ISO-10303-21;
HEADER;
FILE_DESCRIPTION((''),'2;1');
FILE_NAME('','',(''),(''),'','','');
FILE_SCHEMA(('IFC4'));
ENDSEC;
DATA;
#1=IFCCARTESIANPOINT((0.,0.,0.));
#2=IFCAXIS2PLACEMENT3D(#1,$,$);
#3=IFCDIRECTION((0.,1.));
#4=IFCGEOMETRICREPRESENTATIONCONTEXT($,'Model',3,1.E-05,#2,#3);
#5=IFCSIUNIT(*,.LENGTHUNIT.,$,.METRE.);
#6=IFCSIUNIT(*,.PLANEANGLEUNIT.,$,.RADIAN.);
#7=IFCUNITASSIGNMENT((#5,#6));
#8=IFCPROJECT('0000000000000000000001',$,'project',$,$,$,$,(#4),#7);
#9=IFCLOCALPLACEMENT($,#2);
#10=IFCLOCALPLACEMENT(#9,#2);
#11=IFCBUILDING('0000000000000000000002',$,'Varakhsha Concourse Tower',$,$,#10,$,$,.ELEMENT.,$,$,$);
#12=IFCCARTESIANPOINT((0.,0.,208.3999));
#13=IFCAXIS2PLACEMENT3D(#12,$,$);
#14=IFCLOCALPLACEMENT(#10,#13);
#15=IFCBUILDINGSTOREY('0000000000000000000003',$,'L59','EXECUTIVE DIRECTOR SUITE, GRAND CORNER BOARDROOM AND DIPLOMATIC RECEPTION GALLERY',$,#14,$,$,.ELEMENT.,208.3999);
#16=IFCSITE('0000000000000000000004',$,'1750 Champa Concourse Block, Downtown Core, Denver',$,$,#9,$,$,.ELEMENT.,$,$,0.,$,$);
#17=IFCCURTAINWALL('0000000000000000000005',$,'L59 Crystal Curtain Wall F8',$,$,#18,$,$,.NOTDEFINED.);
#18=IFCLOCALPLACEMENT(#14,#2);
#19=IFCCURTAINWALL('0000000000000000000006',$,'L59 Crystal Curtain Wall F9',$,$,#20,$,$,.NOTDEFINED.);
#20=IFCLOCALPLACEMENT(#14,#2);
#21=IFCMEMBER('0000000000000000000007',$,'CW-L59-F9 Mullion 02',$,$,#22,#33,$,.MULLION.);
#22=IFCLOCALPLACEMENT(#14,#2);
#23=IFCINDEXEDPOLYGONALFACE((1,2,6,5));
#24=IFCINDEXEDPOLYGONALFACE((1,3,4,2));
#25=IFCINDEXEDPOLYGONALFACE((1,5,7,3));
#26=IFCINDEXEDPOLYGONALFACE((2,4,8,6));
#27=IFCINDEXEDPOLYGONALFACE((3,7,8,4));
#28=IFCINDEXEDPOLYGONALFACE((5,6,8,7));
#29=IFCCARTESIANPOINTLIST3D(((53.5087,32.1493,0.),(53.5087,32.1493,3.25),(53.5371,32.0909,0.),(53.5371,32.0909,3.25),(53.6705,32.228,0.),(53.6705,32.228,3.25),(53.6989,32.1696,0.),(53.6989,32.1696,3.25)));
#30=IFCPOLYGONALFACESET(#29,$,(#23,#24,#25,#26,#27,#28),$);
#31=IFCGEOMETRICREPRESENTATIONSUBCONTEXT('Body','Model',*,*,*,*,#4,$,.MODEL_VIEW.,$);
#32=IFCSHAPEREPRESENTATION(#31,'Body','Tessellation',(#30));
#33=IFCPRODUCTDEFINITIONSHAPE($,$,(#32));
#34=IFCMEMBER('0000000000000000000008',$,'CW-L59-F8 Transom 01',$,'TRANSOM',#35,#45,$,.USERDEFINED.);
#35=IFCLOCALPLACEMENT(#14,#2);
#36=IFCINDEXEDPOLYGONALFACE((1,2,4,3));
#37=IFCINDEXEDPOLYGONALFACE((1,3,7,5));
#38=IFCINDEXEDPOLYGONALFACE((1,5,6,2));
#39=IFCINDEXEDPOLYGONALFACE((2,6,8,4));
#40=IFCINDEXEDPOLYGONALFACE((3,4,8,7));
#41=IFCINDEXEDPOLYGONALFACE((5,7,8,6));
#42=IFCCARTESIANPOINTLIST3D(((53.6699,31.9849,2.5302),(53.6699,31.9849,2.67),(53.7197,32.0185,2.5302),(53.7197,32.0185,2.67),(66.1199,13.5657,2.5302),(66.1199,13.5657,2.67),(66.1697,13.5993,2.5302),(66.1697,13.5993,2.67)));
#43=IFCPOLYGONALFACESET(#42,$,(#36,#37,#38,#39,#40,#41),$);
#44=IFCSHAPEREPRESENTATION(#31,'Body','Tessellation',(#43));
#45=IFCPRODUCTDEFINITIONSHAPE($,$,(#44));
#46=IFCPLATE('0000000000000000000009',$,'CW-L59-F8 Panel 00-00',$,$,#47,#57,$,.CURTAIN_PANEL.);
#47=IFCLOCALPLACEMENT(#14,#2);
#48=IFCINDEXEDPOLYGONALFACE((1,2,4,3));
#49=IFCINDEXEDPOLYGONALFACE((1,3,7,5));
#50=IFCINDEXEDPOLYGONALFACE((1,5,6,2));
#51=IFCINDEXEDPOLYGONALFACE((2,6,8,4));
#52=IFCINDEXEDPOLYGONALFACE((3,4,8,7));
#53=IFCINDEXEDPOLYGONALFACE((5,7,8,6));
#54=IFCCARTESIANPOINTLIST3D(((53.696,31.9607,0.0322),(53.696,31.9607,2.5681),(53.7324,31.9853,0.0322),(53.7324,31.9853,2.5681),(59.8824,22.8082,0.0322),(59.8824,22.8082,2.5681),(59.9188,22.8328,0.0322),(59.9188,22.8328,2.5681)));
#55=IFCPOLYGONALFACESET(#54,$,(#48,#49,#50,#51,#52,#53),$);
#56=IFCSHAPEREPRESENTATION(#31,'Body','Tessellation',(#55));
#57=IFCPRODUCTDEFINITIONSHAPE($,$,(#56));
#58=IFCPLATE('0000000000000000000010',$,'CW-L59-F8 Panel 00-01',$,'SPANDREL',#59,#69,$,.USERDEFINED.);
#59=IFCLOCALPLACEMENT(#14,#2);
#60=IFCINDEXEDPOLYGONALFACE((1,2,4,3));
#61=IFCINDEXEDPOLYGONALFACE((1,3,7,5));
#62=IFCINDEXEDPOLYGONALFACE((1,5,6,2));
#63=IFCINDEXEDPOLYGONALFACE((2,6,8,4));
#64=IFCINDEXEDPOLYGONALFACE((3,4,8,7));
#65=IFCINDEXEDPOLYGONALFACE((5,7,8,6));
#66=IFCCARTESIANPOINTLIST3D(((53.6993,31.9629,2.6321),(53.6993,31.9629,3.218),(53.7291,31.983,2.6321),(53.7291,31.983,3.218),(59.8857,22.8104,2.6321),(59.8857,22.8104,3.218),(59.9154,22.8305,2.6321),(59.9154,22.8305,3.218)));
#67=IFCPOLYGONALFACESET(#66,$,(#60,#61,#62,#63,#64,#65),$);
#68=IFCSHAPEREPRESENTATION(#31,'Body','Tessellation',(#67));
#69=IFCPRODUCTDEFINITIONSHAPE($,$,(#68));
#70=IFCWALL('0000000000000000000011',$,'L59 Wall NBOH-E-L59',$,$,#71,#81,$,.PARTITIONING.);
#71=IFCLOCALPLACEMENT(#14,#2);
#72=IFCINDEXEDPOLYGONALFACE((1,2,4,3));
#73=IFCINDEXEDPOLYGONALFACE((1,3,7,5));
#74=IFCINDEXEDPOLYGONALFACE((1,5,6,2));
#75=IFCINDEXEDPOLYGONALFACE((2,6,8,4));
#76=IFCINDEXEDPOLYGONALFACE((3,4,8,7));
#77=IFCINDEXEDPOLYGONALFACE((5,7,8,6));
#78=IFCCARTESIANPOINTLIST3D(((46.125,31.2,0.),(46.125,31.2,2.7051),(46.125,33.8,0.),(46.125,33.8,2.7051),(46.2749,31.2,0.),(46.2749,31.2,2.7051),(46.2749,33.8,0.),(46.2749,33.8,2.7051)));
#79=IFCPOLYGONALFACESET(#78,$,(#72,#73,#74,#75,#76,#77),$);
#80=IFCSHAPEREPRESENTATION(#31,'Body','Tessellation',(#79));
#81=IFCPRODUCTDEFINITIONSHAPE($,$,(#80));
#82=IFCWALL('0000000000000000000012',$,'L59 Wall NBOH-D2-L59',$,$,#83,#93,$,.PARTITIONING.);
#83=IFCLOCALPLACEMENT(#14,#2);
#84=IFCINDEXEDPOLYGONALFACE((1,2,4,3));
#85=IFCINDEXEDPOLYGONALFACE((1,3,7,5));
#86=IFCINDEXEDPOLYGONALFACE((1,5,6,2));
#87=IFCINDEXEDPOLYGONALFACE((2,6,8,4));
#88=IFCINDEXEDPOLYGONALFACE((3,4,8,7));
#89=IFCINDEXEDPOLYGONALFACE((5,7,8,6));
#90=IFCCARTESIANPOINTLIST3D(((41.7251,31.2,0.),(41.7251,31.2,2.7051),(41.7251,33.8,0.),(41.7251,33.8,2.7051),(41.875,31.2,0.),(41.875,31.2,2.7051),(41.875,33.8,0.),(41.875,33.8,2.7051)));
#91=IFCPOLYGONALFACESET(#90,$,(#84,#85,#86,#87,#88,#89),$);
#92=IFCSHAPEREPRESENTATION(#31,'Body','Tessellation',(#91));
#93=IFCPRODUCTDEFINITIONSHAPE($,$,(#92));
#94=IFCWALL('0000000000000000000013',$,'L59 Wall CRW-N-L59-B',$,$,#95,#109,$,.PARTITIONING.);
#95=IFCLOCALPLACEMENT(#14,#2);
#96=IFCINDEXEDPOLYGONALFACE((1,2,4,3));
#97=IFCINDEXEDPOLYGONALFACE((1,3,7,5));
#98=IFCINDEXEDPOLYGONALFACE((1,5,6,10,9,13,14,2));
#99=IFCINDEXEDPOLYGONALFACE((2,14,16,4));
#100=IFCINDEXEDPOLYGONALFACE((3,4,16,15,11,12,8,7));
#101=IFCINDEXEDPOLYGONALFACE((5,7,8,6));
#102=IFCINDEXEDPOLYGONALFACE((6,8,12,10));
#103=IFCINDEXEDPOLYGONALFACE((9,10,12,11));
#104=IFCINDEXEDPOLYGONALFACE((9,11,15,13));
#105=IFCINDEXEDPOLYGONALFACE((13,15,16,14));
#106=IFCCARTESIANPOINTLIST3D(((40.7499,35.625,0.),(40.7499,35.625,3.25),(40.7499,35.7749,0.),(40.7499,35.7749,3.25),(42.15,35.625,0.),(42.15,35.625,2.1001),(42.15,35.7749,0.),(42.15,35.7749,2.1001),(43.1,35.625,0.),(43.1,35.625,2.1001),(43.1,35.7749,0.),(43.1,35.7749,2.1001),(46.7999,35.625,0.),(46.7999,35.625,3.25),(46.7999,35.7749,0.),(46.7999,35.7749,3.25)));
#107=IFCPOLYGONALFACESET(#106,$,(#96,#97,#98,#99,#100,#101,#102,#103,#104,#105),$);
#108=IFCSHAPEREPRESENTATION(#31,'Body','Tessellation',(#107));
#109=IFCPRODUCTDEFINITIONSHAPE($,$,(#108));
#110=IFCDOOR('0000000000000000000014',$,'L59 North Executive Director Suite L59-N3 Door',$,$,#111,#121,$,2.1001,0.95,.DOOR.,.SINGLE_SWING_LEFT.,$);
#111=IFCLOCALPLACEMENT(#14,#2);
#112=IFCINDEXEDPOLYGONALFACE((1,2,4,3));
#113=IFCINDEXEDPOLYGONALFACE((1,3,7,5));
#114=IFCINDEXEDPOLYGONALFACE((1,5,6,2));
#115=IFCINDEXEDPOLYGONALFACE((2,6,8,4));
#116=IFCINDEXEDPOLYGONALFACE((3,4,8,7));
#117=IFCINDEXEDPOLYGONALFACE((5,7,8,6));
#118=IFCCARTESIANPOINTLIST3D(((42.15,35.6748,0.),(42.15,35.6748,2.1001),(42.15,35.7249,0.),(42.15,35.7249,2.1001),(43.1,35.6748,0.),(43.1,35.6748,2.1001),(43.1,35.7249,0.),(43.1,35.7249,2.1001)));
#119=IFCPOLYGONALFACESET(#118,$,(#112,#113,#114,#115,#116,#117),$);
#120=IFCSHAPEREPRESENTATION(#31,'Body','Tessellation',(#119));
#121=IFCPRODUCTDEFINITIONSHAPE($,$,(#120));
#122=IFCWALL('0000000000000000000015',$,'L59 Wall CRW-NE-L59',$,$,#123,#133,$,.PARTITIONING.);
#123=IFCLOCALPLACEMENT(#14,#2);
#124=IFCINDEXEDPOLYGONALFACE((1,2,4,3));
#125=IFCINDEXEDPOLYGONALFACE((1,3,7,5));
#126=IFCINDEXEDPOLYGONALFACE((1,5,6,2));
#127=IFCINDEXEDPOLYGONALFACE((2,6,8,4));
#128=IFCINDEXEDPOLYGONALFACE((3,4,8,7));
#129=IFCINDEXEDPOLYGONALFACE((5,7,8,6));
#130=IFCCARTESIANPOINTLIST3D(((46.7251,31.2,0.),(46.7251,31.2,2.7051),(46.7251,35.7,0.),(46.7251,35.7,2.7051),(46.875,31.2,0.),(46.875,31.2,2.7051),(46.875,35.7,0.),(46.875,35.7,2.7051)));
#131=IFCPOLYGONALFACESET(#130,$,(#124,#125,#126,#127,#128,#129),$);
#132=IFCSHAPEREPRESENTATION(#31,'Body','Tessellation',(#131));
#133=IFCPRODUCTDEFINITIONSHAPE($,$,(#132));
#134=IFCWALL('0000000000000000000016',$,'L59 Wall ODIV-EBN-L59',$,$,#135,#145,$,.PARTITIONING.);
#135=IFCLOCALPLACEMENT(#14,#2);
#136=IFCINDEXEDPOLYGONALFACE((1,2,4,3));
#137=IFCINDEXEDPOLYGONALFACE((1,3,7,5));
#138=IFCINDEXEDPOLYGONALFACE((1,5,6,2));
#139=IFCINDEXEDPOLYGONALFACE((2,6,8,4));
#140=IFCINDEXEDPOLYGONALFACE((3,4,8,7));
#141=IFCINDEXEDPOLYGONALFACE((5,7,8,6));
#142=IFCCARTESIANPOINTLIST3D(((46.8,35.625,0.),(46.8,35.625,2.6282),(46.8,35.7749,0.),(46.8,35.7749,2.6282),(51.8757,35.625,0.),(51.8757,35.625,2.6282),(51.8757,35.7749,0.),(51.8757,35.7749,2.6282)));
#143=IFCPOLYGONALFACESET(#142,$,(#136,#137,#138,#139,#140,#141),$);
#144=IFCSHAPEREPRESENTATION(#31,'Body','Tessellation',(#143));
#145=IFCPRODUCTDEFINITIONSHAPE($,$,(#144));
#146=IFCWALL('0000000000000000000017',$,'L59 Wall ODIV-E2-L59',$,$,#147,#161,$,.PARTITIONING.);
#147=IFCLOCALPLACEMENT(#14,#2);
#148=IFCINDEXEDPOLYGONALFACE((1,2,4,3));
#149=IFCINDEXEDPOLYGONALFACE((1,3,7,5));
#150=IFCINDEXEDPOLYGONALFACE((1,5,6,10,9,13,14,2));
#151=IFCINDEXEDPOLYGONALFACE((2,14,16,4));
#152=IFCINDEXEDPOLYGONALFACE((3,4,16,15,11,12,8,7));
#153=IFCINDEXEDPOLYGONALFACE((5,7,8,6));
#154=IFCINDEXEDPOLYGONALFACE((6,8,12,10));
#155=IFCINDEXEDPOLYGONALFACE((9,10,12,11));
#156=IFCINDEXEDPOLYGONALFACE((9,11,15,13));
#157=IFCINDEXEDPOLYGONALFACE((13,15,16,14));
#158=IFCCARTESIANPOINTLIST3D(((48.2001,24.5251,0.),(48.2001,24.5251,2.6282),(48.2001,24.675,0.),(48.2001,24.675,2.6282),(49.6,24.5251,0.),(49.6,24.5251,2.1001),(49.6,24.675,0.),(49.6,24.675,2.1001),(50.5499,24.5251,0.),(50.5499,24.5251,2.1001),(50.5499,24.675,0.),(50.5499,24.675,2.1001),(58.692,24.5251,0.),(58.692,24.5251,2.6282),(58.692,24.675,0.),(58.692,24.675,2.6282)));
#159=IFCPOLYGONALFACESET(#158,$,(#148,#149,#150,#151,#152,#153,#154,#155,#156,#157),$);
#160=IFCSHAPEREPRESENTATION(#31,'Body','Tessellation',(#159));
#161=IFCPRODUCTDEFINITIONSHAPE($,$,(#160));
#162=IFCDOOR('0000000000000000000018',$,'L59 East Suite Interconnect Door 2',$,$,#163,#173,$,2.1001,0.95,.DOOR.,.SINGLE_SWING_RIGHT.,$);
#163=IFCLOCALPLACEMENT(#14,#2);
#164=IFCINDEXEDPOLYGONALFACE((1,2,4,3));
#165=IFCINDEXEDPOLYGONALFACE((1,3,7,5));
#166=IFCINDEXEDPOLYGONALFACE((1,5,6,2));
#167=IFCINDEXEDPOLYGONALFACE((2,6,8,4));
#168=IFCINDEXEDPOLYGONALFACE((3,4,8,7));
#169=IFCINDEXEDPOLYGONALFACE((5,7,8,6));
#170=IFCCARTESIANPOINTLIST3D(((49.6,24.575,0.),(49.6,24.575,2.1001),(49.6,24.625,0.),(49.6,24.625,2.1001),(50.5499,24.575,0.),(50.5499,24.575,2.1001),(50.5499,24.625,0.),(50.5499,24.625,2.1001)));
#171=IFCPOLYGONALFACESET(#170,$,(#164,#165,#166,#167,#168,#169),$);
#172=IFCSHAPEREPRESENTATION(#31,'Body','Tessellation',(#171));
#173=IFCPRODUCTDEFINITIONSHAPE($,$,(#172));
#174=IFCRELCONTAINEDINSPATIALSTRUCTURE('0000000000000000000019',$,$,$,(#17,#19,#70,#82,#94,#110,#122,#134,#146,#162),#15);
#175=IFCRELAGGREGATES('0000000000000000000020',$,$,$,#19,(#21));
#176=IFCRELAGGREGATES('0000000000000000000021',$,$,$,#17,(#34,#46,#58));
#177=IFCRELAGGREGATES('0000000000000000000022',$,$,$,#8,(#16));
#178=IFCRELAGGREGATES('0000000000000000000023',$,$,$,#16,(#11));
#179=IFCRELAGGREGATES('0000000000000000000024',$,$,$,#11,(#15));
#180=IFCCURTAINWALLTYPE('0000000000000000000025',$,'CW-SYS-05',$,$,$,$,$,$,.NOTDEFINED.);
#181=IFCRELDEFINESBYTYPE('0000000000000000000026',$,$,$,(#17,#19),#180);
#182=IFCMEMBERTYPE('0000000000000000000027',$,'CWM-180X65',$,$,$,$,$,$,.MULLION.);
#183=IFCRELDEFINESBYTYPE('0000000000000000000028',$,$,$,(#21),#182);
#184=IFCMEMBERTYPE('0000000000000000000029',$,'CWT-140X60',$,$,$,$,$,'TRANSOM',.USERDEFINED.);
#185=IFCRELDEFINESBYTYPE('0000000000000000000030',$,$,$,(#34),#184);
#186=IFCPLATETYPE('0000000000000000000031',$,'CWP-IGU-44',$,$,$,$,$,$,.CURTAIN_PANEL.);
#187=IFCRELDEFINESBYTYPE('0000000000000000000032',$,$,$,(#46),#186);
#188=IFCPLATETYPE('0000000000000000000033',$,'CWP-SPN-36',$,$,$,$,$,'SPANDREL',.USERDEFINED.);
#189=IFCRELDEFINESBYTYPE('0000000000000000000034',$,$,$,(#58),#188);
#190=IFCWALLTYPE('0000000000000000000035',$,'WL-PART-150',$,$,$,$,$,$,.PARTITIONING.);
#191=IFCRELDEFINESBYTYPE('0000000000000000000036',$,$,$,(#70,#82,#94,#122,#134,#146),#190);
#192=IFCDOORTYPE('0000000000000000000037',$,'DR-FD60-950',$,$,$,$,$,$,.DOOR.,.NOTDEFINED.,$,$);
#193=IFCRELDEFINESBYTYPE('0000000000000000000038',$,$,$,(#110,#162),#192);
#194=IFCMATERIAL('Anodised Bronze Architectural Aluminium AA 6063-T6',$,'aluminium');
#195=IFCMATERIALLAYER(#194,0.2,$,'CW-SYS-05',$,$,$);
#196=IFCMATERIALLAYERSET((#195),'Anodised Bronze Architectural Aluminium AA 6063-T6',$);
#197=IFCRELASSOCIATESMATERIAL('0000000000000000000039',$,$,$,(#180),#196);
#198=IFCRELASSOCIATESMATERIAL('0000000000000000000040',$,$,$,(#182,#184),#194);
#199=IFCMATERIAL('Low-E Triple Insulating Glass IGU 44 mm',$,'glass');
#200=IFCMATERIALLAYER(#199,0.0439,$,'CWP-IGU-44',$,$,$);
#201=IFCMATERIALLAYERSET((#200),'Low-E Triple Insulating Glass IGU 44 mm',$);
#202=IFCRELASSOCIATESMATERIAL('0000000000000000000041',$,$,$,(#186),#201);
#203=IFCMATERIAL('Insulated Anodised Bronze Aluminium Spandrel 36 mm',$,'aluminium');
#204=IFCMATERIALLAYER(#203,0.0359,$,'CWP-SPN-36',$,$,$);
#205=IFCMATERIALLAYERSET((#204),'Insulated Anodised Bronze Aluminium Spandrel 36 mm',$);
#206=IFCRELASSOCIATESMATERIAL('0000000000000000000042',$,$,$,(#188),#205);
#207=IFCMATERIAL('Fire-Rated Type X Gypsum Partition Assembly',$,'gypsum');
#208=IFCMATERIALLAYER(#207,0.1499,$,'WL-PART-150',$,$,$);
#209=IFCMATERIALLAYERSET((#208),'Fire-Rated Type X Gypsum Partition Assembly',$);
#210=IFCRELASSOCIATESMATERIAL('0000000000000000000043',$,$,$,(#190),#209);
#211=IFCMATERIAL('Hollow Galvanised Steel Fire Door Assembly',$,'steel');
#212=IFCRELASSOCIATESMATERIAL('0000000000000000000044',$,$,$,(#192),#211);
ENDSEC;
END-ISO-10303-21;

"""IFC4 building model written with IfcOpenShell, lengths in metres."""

from ifc_helpers import new_model, si_unit, direction, frame, frame_2d, origin, origin_2d, place, context, subcontext, project, spatial, rectangle, extrude, source, transform, mapped, material, layer, layer_set, material_profile, profile_set, type_object, type_shapes, element, fill, aggregate, save


model = new_model("IFC4")

# Units and contexts
model_context = context("Model", 3, precision=1e-05, world=origin(), true_north=direction((0.0, 1.0)))
body_context = subcontext(model_context, "Body", "Model", "MODEL_VIEW")
ifc_project = project(units=[si_unit("LENGTHUNIT", "METRE"), si_unit("PLANEANGLEUNIT", "RADIAN")], contexts=[model_context])

# Site, building, storey
site_placement = place(None, origin())
site = spatial("IfcSite", under=ifc_project, at=site_placement, Name="1750 Champa Concourse Block, Downtown Core, Denver", CompositionType="ELEMENT", RefElevation=0.0)
building_placement = place(site_placement, origin())
building = spatial("IfcBuilding", under=site, at=building_placement, Name="Varakhsha Concourse Tower", CompositionType="ELEMENT")
storey_placement = place(building_placement, frame((0.0, 0.0, 208.3999)))
storey = spatial("IfcBuildingStorey", under=building, at=storey_placement, Name="L59", Description="EXECUTIVE DIRECTOR SUITE, GRAND CORNER BOARDROOM AND DIPLOMATIC RECEPTION GALLERY", CompositionType="ELEMENT", Elevation=208.3999)

# Curtain wall
ifc_material_1 = material(Name="Anodised Bronze Architectural Aluminium AA 6063-T6", Category="aluminium")
ifc_layer_1 = layer(ifc_material_1, 0.2, Name="CW-SYS-05")
ifc_layer_set_1 = layer_set([ifc_layer_1], Name="Anodised Bronze Architectural Aluminium AA 6063-T6")
curtain_wall_type = type_object("IfcCurtainWallType", Name="CW-SYS-05", PredefinedType="NOTDEFINED", material=ifc_layer_set_1)
curtain_wall_1_placement = place(storey_placement, origin())
curtain_wall_1 = element("IfcCurtainWall", 1, at=curtain_wall_1_placement, inside=storey, type_object=curtain_wall_type, Name="L59 Crystal Curtain Wall F8", PredefinedType="NOTDEFINED")
ifc_material_profile_1 = material_profile(ifc_material_1, rectangle(XDim=0.0649, YDim=0.1799, at=origin_2d()), Name="CWM-180X65")
ifc_profile_set_1 = profile_set([ifc_material_profile_1], Name="Anodised Bronze Architectural Aluminium AA 6063-T6")
member_type_1 = type_object("IfcMemberType", Name="CWM-180X65", PredefinedType="MULLION", material=ifc_profile_set_1)
shared_shape_1 = source(origin(), body_context, "Body", "SweptSolid", [
    extrude(rectangle(XDim=0.0649, YDim=0.1799, at=origin_2d()), origin(), (0.0, 0.0, 1.0), 3.25),
])
type_shapes(member_type_1, [shared_shape_1])

# Curtain wall, member
curtain_wall_2_placement = place(storey_placement, origin())
curtain_wall_2 = element("IfcCurtainWall", 2, at=curtain_wall_2_placement, inside=storey, type_object=curtain_wall_type, Name="L59 Crystal Curtain Wall F9", PredefinedType="NOTDEFINED")
member_1_placement = place(storey_placement, frame((53.6038, 32.1594, 0.0), z_axis=(0.0, 0.0, 1.0), x_axis=(0.437497, -0.89922, 0.0)))
member_1 = element("IfcMember", 3, at=member_1_placement, type_object=member_type_1, Name="CW-L59-F9 Mullion 02", PredefinedType="MULLION", context=body_context, shape_type="MappedRepresentation", body=[
    mapped(shared_shape_1, transform((0.0, 0.0, 0.0), scale=1.0)),
])
aggregate(curtain_wall_2, [member_1])

# Member
ifc_material_profile_2 = material_profile(ifc_material_1, rectangle(XDim=0.0601, YDim=0.1399, at=origin_2d()), Name="CWT-140X60")
ifc_profile_set_2 = profile_set([ifc_material_profile_2], Name="Anodised Bronze Architectural Aluminium AA 6063-T6")
member_type_2 = type_object("IfcMemberType", Name="CWT-140X60", ElementType="TRANSOM", PredefinedType="USERDEFINED", material=ifc_profile_set_2)
shared_shape_2 = source(origin(), body_context, "Body", "SweptSolid", [
    extrude(rectangle(XDim=0.0601, YDim=0.1399, at=origin_2d()), origin(), (0.0, 0.0, 1.0), 22.2322),
])
type_shapes(member_type_2, [shared_shape_2])
member_2_placement = place(storey_placement, frame((53.6948, 32.0017, 2.6001), z_axis=(0.559998, -0.828494, 0.0), x_axis=(0.828494, 0.559998, 0.0)))
member_2 = element("IfcMember", 4, at=member_2_placement, type_object=member_type_2, Name="CW-L59-F8 Transom 01", ObjectType="TRANSOM", PredefinedType="USERDEFINED", context=body_context, shape_type="MappedRepresentation", body=[
    mapped(shared_shape_2, transform((0.0, 0.0, 0.0), scale=1.0)),
])

# Plates
ifc_material_2 = material(Name="Low-E Triple Insulating Glass IGU 44 mm", Category="glass")
ifc_layer_2 = layer(ifc_material_2, 0.0439, Name="CWP-IGU-44")
ifc_layer_set_2 = layer_set([ifc_layer_2], Name="Low-E Triple Insulating Glass IGU 44 mm")
plate_type_1 = type_object("IfcPlateType", Name="CWP-IGU-44", PredefinedType="CURTAIN_PANEL", material=ifc_layer_set_2)
shared_shape_3 = source(origin(), body_context, "Body", "SweptSolid", [
    extrude(rectangle(XDim=11.0471, YDim=0.0439, at=origin_2d()), origin(), (0.0, 0.0, 1.0), 2.5359),
])
type_shapes(plate_type_1, [shared_shape_3])
plate_1_placement = place(storey_placement, frame((56.8074, 27.3967, 0.0322), z_axis=(0.0, 0.0, 1.0), x_axis=(0.559999, -0.828494, 0.0)))
plate_1 = element("IfcPlate", 5, at=plate_1_placement, type_object=plate_type_1, Name="CW-L59-F8 Panel 00-00", PredefinedType="CURTAIN_PANEL", context=body_context, shape_type="MappedRepresentation", body=[
    mapped(shared_shape_3, transform((0.0, 0.0, 0.0), scale=1.0)),
])
ifc_material_3 = material(Name="Insulated Anodised Bronze Aluminium Spandrel 36 mm", Category="aluminium")
ifc_layer_3 = layer(ifc_material_3, 0.0359, Name="CWP-SPN-36")
ifc_layer_set_3 = layer_set([ifc_layer_3], Name="Insulated Anodised Bronze Aluminium Spandrel 36 mm")
plate_type_2 = type_object("IfcPlateType", Name="CWP-SPN-36", ElementType="SPANDREL", PredefinedType="USERDEFINED", material=ifc_layer_set_3)
shared_shape_4 = source(origin(), body_context, "Body", "SweptSolid", [
    extrude(rectangle(XDim=11.0471, YDim=0.0359, at=origin_2d()), origin(), (0.0, 0.0, 1.0), 0.5859),
])
type_shapes(plate_type_2, [shared_shape_4])
plate_2_placement = place(storey_placement, frame((56.8074, 27.3967, 2.6321), z_axis=(0.0, 0.0, 1.0), x_axis=(0.559999, -0.828494, 0.0)))
plate_2 = element("IfcPlate", 6, at=plate_2_placement, type_object=plate_type_2, Name="CW-L59-F8 Panel 00-01", ObjectType="SPANDREL", PredefinedType="USERDEFINED", context=body_context, shape_type="MappedRepresentation", body=[
    mapped(shared_shape_4, transform((0.0, 0.0, 0.0), scale=1.0)),
])
aggregate(curtain_wall_1, [member_2, plate_1, plate_2])

# Walls
ifc_material_4 = material(Name="Fire-Rated Type X Gypsum Partition Assembly", Category="gypsum")
ifc_layer_4 = layer(ifc_material_4, 0.1499, Name="WL-PART-150")
ifc_layer_set_4 = layer_set([ifc_layer_4], Name="Fire-Rated Type X Gypsum Partition Assembly")
wall_type_1 = type_object("IfcWallType", Name="WL-PART-150", PredefinedType="PARTITIONING", material=ifc_layer_set_4)
for number, where, z_axis, x_axis, name in (
    (7, (46.2, 31.2, 0.0), (0.0, 0.0, 1.0), (0.0, 1.0, 0.0), "L59 Wall NBOH-E-L59"),
    (8, (41.8, 31.2, 0.0), (0.0, 0.0, 1.0), (0.0, 1.0, 0.0), "L59 Wall NBOH-D2-L59"),
):
    element("IfcWall", number, at=place(storey_placement, frame(where, z_axis=z_axis, x_axis=x_axis)), inside=storey, type_object=wall_type_1, Name=name, PredefinedType="PARTITIONING", context=body_context, shape_type="SweptSolid", body=[
        extrude(rectangle(XDim=2.6001, YDim=0.1499, at=frame_2d((1.3, 0.0))), origin(), (0.0, 0.0, 1.0), 2.7051),
    ])

# Wall, opening, door
wall_1_placement = place(storey_placement, frame((40.75, 35.7, 0.0), z_axis=(0.0, 0.0, 1.0), x_axis=(1.0, 0.0, 0.0)))
wall_1 = element("IfcWall", 9, at=wall_1_placement, inside=storey, type_object=wall_type_1, Name="L59 Wall CRW-N-L59-B", PredefinedType="PARTITIONING", context=body_context, shape_type="SweptSolid", body=[
    extrude(rectangle(XDim=6.05, YDim=0.1499, at=frame_2d((3.0249, 0.0))), origin(), (0.0, 0.0, 1.0), 3.25),
])
opening_1_placement = place(wall_1_placement, frame((1.3999, 0.0, 0.0)))
opening_1 = element("IfcOpeningElement", 10, at=opening_1_placement, cuts=wall_1, PredefinedType="OPENING", context=body_context, shape_type="SweptSolid", body=[
    extrude(rectangle(XDim=0.95, YDim=2.1001, at=frame_2d((0.4751, 1.05))), frame((0.0, 0.085, 0.0), z_axis=(0.0, -1.0, 0.0), x_axis=(1.0, 0.0, 0.0)), (0.0, 0.0, 1.0), 0.1699),
])
ifc_material_5 = material(Name="Hollow Galvanised Steel Fire Door Assembly", Category="steel")
door_type = type_object("IfcDoorType", Name="DR-FD60-950", OperationType="NOTDEFINED", PredefinedType="DOOR", material=ifc_material_5)
door_1_placement = place(opening_1_placement, origin())
door_1 = element("IfcDoor", 11, at=door_1_placement, inside=storey, type_object=door_type, Name="L59 North Executive Director Suite L59-N3 Door", OperationType="SINGLE_SWING_LEFT", OverallHeight=2.1001, OverallWidth=0.95, PredefinedType="DOOR", context=body_context, shape_type="SweptSolid", body=[
    extrude(rectangle(XDim=0.95, YDim=2.1001, at=frame_2d((0.4751, 1.05))), frame((0.0, 0.0249, 0.0), z_axis=(0.0, -1.0, 0.0), x_axis=(1.0, 0.0, 0.0)), (0.0, 0.0, 1.0), 0.05),
])
fill(opening_1, door_1)

# Walls
wall_2_placement = place(storey_placement, frame((46.8, 31.2, 0.0), z_axis=(0.0, 0.0, 1.0), x_axis=(0.0, 1.0, 0.0)))
element("IfcWall", 12, at=wall_2_placement, inside=storey, type_object=wall_type_1, Name="L59 Wall CRW-NE-L59", PredefinedType="PARTITIONING", context=body_context, shape_type="SweptSolid", body=[
    extrude(rectangle(XDim=4.5, YDim=0.1499, at=frame_2d((2.25, 0.0))), origin(), (0.0, 0.0, 1.0), 2.7051),
])
wall_3_placement = place(storey_placement, frame((46.8, 35.7, 0.0), z_axis=(0.0, 0.0, 1.0), x_axis=(1.0, 0.0, 0.0)))
element("IfcWall", 13, at=wall_3_placement, inside=storey, type_object=wall_type_1, Name="L59 Wall ODIV-EBN-L59", PredefinedType="PARTITIONING", context=body_context, shape_type="SweptSolid", body=[
    extrude(rectangle(XDim=5.0757, YDim=0.1499, at=frame_2d((2.5378, 0.0))), origin(), (0.0, 0.0, 1.0), 2.6282),
])

# Wall, opening, door
wall_4_placement = place(storey_placement, frame((48.2, 24.6001, 0.0), z_axis=(0.0, 0.0, 1.0), x_axis=(1.0, 0.0, 0.0)))
wall_4 = element("IfcWall", 14, at=wall_4_placement, inside=storey, type_object=wall_type_1, Name="L59 Wall ODIV-E2-L59", PredefinedType="PARTITIONING", context=body_context, shape_type="SweptSolid", body=[
    extrude(rectangle(XDim=10.4919, YDim=0.1499, at=frame_2d((5.2461, 0.0))), origin(), (0.0, 0.0, 1.0), 2.6282),
])
opening_2_placement = place(wall_4_placement, frame((1.3999, 0.0, 0.0)))
opening_2 = element("IfcOpeningElement", 15, at=opening_2_placement, cuts=wall_4, PredefinedType="OPENING", context=body_context, shape_type="SweptSolid", body=[
    extrude(rectangle(XDim=0.95, YDim=2.1001, at=frame_2d((0.4751, 1.05))), frame((0.0, 0.085, 0.0), z_axis=(0.0, -1.0, 0.0), x_axis=(1.0, 0.0, 0.0)), (0.0, 0.0, 1.0), 0.1699),
])
door_2_placement = place(opening_2_placement, origin())
door_2 = element("IfcDoor", 16, at=door_2_placement, inside=storey, type_object=door_type, Name="L59 East Suite Interconnect Door 2", OperationType="SINGLE_SWING_RIGHT", OverallHeight=2.1001, OverallWidth=0.95, PredefinedType="DOOR", context=body_context, shape_type="SweptSolid", body=[
    extrude(rectangle(XDim=0.95, YDim=2.1001, at=frame_2d((0.4751, 1.05))), frame((0.0, 0.0249, 0.0), z_axis=(0.0, -1.0, 0.0), x_axis=(1.0, 0.0, 0.0)), (0.0, 0.0, 1.0), 0.05),
])
fill(opening_2, door_2)

save(model, "model.ifc")
